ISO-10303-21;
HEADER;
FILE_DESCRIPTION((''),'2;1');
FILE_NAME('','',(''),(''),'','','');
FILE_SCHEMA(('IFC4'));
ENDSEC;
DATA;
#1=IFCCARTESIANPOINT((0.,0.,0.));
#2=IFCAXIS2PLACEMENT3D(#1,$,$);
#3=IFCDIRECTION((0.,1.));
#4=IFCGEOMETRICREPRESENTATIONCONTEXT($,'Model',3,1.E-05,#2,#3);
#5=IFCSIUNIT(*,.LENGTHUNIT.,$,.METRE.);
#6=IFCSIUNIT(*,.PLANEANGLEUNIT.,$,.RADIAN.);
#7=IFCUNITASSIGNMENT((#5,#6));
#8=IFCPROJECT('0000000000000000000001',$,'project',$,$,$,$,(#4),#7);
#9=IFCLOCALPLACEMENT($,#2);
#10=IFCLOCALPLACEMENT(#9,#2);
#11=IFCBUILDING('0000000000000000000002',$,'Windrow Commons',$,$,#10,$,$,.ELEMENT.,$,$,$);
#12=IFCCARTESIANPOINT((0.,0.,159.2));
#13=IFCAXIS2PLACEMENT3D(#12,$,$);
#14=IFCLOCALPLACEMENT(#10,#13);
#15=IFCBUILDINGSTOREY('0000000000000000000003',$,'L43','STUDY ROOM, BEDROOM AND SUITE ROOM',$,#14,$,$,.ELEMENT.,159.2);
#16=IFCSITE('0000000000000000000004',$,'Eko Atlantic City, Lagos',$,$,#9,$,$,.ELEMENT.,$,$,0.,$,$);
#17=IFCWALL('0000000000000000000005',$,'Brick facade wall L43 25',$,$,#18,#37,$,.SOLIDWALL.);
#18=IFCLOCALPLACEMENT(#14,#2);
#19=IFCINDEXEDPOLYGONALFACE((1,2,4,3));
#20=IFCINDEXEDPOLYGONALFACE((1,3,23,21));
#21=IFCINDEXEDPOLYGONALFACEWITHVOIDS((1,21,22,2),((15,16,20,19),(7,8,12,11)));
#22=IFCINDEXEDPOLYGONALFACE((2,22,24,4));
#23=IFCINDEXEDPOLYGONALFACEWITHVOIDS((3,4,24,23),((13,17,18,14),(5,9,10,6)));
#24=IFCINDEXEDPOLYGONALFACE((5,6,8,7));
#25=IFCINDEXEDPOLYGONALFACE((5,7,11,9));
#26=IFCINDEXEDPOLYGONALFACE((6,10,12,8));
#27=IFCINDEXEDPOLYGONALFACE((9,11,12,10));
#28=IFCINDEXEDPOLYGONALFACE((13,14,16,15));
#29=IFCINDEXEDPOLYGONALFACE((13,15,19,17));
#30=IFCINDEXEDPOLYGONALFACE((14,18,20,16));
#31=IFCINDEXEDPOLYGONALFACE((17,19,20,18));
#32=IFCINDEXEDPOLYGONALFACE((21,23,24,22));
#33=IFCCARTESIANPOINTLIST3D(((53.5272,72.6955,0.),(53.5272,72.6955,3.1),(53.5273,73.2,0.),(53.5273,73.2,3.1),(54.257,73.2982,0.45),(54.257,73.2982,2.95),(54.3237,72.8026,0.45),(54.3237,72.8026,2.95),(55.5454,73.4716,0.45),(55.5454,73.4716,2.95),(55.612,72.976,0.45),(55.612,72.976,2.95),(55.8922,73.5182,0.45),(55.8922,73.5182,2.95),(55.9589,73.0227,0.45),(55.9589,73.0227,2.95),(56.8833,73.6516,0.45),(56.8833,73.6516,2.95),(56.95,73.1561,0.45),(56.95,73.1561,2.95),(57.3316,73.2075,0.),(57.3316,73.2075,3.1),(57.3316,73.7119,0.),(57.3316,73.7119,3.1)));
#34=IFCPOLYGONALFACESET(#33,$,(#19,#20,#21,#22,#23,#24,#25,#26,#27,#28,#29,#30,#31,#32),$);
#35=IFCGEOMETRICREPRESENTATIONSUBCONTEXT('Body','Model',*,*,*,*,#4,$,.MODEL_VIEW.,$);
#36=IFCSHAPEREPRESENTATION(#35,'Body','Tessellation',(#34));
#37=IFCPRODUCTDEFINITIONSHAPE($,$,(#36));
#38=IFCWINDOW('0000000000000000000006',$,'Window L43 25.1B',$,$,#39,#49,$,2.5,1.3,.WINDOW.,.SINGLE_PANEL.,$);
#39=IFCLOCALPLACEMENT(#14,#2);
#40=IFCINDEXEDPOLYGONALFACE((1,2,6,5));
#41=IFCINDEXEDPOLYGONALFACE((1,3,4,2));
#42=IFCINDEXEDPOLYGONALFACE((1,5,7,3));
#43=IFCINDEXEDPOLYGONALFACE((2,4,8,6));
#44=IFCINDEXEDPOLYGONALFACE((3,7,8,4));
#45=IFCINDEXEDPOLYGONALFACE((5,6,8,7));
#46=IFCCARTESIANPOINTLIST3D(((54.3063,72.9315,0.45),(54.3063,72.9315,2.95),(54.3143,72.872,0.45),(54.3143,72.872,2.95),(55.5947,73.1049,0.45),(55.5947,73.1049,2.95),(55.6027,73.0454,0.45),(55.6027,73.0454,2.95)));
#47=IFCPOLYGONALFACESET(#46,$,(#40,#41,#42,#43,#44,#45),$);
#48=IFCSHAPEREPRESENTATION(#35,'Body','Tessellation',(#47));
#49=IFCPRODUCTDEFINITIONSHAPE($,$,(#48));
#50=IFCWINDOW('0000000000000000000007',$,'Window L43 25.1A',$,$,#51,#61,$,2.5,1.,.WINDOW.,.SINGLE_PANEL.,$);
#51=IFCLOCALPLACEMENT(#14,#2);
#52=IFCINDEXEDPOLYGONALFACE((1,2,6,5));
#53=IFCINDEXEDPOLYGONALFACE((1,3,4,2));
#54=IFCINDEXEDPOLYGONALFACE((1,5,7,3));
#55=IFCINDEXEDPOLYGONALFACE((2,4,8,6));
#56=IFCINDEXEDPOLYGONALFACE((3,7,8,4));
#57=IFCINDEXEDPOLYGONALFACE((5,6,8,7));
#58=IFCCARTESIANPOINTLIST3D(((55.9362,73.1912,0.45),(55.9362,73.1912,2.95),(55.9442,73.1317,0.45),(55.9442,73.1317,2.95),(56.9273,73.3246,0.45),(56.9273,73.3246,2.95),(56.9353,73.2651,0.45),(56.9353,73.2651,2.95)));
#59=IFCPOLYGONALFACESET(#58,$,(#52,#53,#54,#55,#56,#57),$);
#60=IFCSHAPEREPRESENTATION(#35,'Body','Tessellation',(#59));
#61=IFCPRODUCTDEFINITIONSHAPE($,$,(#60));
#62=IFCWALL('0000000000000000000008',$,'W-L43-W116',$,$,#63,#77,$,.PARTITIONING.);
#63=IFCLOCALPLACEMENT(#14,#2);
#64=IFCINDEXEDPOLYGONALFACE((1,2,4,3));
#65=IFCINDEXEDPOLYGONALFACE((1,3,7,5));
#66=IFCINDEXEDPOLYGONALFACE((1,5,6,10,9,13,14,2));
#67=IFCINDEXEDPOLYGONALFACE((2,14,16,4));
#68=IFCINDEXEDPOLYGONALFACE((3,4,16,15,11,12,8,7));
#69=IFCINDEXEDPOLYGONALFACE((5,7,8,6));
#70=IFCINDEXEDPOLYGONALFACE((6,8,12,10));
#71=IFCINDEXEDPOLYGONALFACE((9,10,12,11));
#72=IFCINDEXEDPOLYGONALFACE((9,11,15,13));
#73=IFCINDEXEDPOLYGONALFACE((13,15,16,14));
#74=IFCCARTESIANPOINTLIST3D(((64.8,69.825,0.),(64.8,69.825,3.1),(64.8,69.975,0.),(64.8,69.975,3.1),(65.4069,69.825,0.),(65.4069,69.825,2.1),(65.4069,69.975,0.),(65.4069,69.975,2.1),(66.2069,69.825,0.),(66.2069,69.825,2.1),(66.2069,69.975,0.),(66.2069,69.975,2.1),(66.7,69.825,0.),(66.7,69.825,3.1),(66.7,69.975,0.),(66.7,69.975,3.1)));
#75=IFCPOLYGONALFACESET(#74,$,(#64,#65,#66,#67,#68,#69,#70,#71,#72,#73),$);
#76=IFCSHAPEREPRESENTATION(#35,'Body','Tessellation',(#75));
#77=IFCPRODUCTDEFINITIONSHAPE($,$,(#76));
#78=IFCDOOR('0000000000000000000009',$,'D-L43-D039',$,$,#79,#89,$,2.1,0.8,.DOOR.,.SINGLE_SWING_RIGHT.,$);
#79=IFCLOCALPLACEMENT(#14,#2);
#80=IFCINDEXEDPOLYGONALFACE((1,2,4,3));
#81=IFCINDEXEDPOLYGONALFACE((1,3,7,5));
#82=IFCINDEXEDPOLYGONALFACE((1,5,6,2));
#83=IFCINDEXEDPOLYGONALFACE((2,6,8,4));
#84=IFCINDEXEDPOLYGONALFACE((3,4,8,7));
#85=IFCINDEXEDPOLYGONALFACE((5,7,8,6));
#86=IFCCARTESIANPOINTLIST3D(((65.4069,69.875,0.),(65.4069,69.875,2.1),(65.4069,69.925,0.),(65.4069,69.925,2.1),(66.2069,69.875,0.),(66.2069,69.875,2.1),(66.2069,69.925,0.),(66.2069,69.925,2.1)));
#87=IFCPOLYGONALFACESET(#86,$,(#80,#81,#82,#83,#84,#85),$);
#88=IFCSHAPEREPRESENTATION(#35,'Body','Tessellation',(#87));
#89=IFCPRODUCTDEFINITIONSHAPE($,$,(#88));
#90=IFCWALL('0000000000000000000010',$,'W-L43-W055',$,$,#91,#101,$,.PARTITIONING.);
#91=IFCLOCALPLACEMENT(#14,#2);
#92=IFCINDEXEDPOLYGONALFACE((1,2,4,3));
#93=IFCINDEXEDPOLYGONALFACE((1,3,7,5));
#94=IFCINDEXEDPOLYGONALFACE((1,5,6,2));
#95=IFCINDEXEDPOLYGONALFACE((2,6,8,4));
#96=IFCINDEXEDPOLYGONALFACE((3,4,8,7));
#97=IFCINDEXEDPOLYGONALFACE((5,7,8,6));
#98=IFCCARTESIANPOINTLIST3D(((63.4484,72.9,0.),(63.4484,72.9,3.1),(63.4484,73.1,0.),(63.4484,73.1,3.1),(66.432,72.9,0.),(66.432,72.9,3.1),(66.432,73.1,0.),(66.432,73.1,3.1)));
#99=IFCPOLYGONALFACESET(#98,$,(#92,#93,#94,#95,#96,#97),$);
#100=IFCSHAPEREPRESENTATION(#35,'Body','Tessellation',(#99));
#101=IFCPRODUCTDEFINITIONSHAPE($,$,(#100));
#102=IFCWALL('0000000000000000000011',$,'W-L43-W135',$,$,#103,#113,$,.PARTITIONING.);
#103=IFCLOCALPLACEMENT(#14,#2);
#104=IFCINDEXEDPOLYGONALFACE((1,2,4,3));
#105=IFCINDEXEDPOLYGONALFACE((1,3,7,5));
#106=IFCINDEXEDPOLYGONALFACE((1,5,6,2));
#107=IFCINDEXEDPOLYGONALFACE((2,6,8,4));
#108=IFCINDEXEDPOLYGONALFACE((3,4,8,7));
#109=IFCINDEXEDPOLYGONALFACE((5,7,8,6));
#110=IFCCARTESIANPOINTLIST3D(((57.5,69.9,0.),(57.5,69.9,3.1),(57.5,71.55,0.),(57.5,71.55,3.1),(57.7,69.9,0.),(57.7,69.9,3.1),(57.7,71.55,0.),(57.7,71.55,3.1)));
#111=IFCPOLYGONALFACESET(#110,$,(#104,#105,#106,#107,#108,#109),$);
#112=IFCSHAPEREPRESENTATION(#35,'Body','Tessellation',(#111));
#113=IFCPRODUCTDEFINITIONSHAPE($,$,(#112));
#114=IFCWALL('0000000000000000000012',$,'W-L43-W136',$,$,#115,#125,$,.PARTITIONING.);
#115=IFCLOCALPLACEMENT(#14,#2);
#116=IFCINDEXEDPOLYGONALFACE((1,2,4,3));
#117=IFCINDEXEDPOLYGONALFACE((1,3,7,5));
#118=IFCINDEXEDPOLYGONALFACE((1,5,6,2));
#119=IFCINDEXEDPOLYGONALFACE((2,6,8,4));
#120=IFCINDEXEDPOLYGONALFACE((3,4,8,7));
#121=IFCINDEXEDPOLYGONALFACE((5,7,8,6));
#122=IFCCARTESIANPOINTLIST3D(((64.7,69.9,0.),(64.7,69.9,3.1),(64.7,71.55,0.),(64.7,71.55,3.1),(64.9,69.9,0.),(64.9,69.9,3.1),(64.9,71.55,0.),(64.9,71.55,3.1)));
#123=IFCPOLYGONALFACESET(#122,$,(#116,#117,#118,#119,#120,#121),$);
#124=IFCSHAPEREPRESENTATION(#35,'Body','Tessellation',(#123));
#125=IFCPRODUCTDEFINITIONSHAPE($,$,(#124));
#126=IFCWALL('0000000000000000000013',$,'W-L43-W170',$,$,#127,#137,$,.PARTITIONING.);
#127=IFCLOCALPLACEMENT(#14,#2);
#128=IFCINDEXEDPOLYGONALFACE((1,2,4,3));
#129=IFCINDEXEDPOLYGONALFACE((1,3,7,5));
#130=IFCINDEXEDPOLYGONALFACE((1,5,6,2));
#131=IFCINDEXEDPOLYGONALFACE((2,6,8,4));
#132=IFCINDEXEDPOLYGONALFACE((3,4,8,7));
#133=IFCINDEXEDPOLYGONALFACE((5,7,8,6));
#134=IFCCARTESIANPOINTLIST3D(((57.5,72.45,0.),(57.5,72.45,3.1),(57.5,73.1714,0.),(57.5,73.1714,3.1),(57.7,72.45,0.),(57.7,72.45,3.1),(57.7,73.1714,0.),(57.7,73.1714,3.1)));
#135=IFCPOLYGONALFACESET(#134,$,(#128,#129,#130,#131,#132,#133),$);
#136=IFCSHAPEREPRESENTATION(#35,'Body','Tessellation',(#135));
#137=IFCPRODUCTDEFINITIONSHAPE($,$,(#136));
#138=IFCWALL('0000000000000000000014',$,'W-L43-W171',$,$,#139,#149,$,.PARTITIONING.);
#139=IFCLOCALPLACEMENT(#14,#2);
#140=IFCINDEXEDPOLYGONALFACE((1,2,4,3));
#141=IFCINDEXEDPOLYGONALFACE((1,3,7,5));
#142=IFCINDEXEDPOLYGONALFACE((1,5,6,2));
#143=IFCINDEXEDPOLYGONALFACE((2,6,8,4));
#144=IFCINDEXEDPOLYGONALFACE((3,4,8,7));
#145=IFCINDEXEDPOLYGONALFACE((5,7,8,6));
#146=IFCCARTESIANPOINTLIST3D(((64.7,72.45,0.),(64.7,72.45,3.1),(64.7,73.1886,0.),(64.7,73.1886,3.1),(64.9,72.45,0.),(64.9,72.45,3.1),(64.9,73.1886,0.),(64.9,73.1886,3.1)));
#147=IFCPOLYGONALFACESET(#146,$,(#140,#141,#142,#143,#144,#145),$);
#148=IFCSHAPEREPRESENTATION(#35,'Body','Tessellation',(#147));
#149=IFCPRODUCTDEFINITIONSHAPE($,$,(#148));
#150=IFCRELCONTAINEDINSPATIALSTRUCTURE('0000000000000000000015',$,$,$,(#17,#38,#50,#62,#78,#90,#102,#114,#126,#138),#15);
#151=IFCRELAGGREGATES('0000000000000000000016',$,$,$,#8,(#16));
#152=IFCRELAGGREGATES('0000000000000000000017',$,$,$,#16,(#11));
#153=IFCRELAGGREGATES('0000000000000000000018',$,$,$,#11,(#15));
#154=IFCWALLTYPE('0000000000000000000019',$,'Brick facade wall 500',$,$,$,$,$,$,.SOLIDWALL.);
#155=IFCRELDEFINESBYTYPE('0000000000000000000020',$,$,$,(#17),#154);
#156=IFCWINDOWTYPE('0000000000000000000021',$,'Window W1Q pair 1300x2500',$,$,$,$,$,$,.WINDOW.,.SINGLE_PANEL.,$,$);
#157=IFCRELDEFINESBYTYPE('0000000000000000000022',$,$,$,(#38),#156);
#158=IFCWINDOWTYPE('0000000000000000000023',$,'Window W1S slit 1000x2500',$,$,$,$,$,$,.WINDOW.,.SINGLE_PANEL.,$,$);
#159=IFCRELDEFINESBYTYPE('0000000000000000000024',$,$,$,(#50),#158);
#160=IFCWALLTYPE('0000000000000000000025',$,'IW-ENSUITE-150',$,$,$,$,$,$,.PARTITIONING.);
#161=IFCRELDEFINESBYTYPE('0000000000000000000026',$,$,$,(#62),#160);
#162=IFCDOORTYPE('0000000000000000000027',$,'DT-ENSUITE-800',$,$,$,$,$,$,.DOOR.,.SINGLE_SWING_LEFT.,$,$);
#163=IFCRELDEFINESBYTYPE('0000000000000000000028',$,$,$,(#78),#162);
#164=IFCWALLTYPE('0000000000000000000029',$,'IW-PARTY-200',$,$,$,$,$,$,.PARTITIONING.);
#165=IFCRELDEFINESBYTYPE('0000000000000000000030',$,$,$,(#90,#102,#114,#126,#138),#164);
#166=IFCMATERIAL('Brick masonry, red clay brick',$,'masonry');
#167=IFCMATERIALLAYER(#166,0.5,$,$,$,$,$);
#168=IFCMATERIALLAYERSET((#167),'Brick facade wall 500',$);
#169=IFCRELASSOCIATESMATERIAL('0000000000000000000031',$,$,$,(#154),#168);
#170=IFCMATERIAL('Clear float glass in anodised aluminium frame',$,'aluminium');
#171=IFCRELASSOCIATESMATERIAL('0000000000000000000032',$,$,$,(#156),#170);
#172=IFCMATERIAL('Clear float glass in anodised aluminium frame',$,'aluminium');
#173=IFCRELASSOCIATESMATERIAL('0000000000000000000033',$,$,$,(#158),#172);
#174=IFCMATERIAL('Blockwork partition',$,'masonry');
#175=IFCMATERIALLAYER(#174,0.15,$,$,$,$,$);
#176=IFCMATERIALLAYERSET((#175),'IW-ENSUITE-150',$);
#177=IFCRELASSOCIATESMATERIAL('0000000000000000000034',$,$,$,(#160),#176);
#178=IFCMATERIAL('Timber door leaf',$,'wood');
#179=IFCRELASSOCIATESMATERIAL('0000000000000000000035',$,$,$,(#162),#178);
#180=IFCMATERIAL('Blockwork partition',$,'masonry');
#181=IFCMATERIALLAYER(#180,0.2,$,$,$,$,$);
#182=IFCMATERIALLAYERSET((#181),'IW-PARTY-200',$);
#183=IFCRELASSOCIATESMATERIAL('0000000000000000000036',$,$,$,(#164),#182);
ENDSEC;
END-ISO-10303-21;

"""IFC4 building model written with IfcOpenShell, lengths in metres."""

from ifc_helpers import new_model, si_unit, direction, frame, frame_2d, origin, place, context, subcontext, project, spatial, polyline, rectangle, outline, extrude, material, layer, layer_set, type_object, element, fill, save


model = new_model("IFC4")

# Units and contexts
model_context = context("Model", 3, precision=1e-05, world=origin(), true_north=direction((0.0, 1.0)))
body_context = subcontext(model_context, "Body", "Model", "MODEL_VIEW")
ifc_project = project(units=[si_unit("LENGTHUNIT", "METRE"), si_unit("PLANEANGLEUNIT", "RADIAN")], contexts=[model_context])

# Site, building, storey
site_placement = place(None, origin())
site = spatial("IfcSite", under=ifc_project, at=site_placement, Name="Eko Atlantic City, Lagos", CompositionType="ELEMENT", RefElevation=0.0)
building_placement = place(site_placement, origin())
building = spatial("IfcBuilding", under=site, at=building_placement, Name="Windrow Commons", CompositionType="ELEMENT")
storey_placement = place(building_placement, frame((0.0, 0.0, 159.2)))
storey = spatial("IfcBuildingStorey", under=building, at=storey_placement, Name="L43", Description="STUDY ROOM, BEDROOM AND SUITE ROOM", CompositionType="ELEMENT", Elevation=159.2)

# Wall, openings, windows
ifc_material_1 = material(Name="Brick masonry, red clay brick", Category="masonry")
ifc_layer_1 = layer(ifc_material_1, 0.5)
ifc_layer_set_1 = layer_set([ifc_layer_1], Name="Brick facade wall 500")
wall_type_1 = type_object("IfcWallType", Name="Brick facade wall 500", PredefinedType="SOLIDWALL", material=ifc_layer_set_1)
ifc_material_2 = material(Name="Clear float glass in anodised aluminium frame", Category="aluminium")
window_type_1 = type_object("IfcWindowType", Name="Window W1Q pair 1300x2500", PartitioningType="SINGLE_PANEL", PredefinedType="WINDOW", material=ifc_material_2)
wall_1_placement = place(storey_placement, frame((57.3316, 73.4597, 0.0), z_axis=(0.0, 0.0, 1.0), x_axis=(-0.991065, -0.133379, 0.0)))
wall_1 = element("IfcWall", 1, at=wall_1_placement, inside=storey, type_object=wall_type_1, Name="Brick facade wall L43 25", PredefinedType="SOLIDWALL", context=body_context, shape_type="SweptSolid", body=[
    extrude(outline(polyline([(-0.0336, -0.25), (3.805, -0.25), (3.8723, 0.25), (0.0336, 0.25), (-0.0336, -0.25)])), origin(), (0.0, 0.0, 1.0), 3.1),
])
opening_1_placement = place(wall_1_placement, frame((0.4187, 0.0, 0.45)))
opening_1 = element("IfcOpeningElement", 2, at=opening_1_placement, cuts=wall_1, PredefinedType="OPENING", context=body_context, shape_type="SweptSolid", body=[
    extrude(rectangle(XDim=1.0, YDim=2.5, at=frame_2d((0.5, 1.25))), frame((0.0, 0.26, 0.0), z_axis=(0.0, -1.0, 0.0), x_axis=(1.0, 0.0, 0.0)), (0.0, 0.0, 1.0), 0.52),
])
opening_2_placement = place(wall_1_placement, frame((1.7687, 0.0, 0.45)))
opening_2 = element("IfcOpeningElement", 3, at=opening_2_placement, cuts=wall_1, PredefinedType="OPENING", context=body_context, shape_type="SweptSolid", body=[
    extrude(rectangle(XDim=1.3, YDim=2.5, at=frame_2d((0.65, 1.25))), frame((0.0, 0.26, 0.0), z_axis=(0.0, -1.0, 0.0), x_axis=(1.0, 0.0, 0.0)), (0.0, 0.0, 1.0), 0.52),
])
window_1_placement = place(opening_2_placement, origin())
window_1 = element("IfcWindow", 4, at=window_1_placement, inside=storey, type_object=window_type_1, Name="Window L43 25.1B", OverallHeight=2.5, OverallWidth=1.3, PartitioningType="SINGLE_PANEL", PredefinedType="WINDOW", context=body_context, shape_type="SweptSolid", body=[
    extrude(rectangle(XDim=1.3, YDim=2.5, at=frame_2d((0.65, 1.25))), frame((0.0, 0.18, 0.0), z_axis=(0.0, -1.0, 0.0), x_axis=(1.0, 0.0, 0.0)), (0.0, 0.0, 1.0), 0.06),
])
fill(opening_2, window_1)
ifc_material_3 = material(Name="Clear float glass in anodised aluminium frame", Category="aluminium")
window_type_2 = type_object("IfcWindowType", Name="Window W1S slit 1000x2500", PartitioningType="SINGLE_PANEL", PredefinedType="WINDOW", material=ifc_material_3)
window_2_placement = place(opening_1_placement, origin())
window_2 = element("IfcWindow", 5, at=window_2_placement, inside=storey, type_object=window_type_2, Name="Window L43 25.1A", OverallHeight=2.5, OverallWidth=1.0, PartitioningType="SINGLE_PANEL", PredefinedType="WINDOW", context=body_context, shape_type="SweptSolid", body=[
    extrude(rectangle(XDim=1.0, YDim=2.5, at=frame_2d((0.5, 1.25))), frame((0.0, 0.14, 0.0), z_axis=(0.0, -1.0, 0.0), x_axis=(1.0, 0.0, 0.0)), (0.0, 0.0, 1.0), 0.06),
])
fill(opening_1, window_2)

# Wall, opening, door
ifc_material_4 = material(Name="Blockwork partition", Category="masonry")
ifc_layer_2 = layer(ifc_material_4, 0.15)
ifc_layer_set_2 = layer_set([ifc_layer_2], Name="IW-ENSUITE-150")
wall_type_2 = type_object("IfcWallType", Name="IW-ENSUITE-150", PredefinedType="PARTITIONING", material=ifc_layer_set_2)
wall_2_placement = place(storey_placement, frame((64.8, 69.9, 0.0), z_axis=(0.0, 0.0, 1.0), x_axis=(1.0, 0.0, 0.0)))
wall_2 = element("IfcWall", 6, at=wall_2_placement, inside=storey, type_object=wall_type_2, Name="W-L43-W116", PredefinedType="PARTITIONING", context=body_context, shape_type="SweptSolid", body=[
    extrude(rectangle(XDim=1.9, YDim=0.15, at=frame_2d((0.95, 0.0))), origin(), (0.0, 0.0, 1.0), 3.1),
])
opening_3_placement = place(wall_2_placement, frame((0.6069, 0.0, 0.0)))
opening_3 = element("IfcOpeningElement", 7, at=opening_3_placement, cuts=wall_2, PredefinedType="OPENING", context=body_context, shape_type="SweptSolid", body=[
    extrude(rectangle(XDim=0.8, YDim=2.1, at=frame_2d((0.4, 1.05))), frame((0.0, 0.085, 0.0), z_axis=(0.0, -1.0, 0.0), x_axis=(1.0, 0.0, 0.0)), (0.0, 0.0, 1.0), 0.17),
])
ifc_material_5 = material(Name="Timber door leaf", Category="wood")
door_type = type_object("IfcDoorType", Name="DT-ENSUITE-800", OperationType="SINGLE_SWING_LEFT", PredefinedType="DOOR", material=ifc_material_5)
door_placement = place(opening_3_placement, origin())
door = element("IfcDoor", 8, at=door_placement, inside=storey, type_object=door_type, Name="D-L43-D039", OperationType="SINGLE_SWING_RIGHT", OverallHeight=2.1, OverallWidth=0.8, PredefinedType="DOOR", context=body_context, shape_type="SweptSolid", body=[
    extrude(rectangle(XDim=0.8, YDim=2.1, at=frame_2d((0.4, 1.05))), frame((0.0, 0.025, 0.0), z_axis=(0.0, -1.0, 0.0), x_axis=(1.0, 0.0, 0.0)), (0.0, 0.0, 1.0), 0.05),
])
fill(opening_3, door)

# Walls
ifc_material_6 = material(Name="Blockwork partition", Category="masonry")
ifc_layer_3 = layer(ifc_material_6, 0.2)
ifc_layer_set_3 = layer_set([ifc_layer_3], Name="IW-PARTY-200")
wall_type_3 = type_object("IfcWallType", Name="IW-PARTY-200", PredefinedType="PARTITIONING", material=ifc_layer_set_3)
wall_3_placement = place(storey_placement, frame((63.4485, 73.0, 0.0), z_axis=(0.0, 0.0, 1.0), x_axis=(1.0, 0.0, 0.0)))
element("IfcWall", 9, at=wall_3_placement, inside=storey, type_object=wall_type_3, Name="W-L43-W055", PredefinedType="PARTITIONING", context=body_context, shape_type="SweptSolid", body=[
    extrude(rectangle(XDim=2.9835, YDim=0.2, at=frame_2d((1.4917, 0.0))), origin(), (0.0, 0.0, 1.0), 3.1),
])
for number, where, z_axis, x_axis, name in (
    (10, (57.6, 69.9, 0.0), (0.0, 0.0, 1.0), (0.0, 1.0, 0.0), "W-L43-W135"),
    (11, (64.8, 69.9, 0.0), (0.0, 0.0, 1.0), (0.0, 1.0, 0.0), "W-L43-W136"),
):
    element("IfcWall", number, at=place(storey_placement, frame(where, z_axis=z_axis, x_axis=x_axis)), inside=storey, type_object=wall_type_3, Name=name, PredefinedType="PARTITIONING", context=body_context, shape_type="SweptSolid", body=[
        extrude(rectangle(XDim=1.65, YDim=0.2, at=frame_2d((0.825, 0.0))), origin(), (0.0, 0.0, 1.0), 3.1),
    ])
wall_4_placement = place(storey_placement, frame((57.6, 72.45, 0.0), z_axis=(0.0, 0.0, 1.0), x_axis=(0.0, 1.0, 0.0)))
element("IfcWall", 12, at=wall_4_placement, inside=storey, type_object=wall_type_3, Name="W-L43-W170", PredefinedType="PARTITIONING", context=body_context, shape_type="SweptSolid", body=[
    extrude(rectangle(XDim=0.7214, YDim=0.2, at=frame_2d((0.3607, 0.0))), origin(), (0.0, 0.0, 1.0), 3.1),
])
wall_5_placement = place(storey_placement, frame((64.8, 72.45, 0.0), z_axis=(0.0, 0.0, 1.0), x_axis=(0.0, 1.0, 0.0)))
element("IfcWall", 13, at=wall_5_placement, inside=storey, type_object=wall_type_3, Name="W-L43-W171", PredefinedType="PARTITIONING", context=body_context, shape_type="SweptSolid", body=[
    extrude(rectangle(XDim=0.7386, YDim=0.2, at=frame_2d((0.3693, 0.0))), origin(), (0.0, 0.0, 1.0), 3.1),
])

save(model, "model.ifc")
